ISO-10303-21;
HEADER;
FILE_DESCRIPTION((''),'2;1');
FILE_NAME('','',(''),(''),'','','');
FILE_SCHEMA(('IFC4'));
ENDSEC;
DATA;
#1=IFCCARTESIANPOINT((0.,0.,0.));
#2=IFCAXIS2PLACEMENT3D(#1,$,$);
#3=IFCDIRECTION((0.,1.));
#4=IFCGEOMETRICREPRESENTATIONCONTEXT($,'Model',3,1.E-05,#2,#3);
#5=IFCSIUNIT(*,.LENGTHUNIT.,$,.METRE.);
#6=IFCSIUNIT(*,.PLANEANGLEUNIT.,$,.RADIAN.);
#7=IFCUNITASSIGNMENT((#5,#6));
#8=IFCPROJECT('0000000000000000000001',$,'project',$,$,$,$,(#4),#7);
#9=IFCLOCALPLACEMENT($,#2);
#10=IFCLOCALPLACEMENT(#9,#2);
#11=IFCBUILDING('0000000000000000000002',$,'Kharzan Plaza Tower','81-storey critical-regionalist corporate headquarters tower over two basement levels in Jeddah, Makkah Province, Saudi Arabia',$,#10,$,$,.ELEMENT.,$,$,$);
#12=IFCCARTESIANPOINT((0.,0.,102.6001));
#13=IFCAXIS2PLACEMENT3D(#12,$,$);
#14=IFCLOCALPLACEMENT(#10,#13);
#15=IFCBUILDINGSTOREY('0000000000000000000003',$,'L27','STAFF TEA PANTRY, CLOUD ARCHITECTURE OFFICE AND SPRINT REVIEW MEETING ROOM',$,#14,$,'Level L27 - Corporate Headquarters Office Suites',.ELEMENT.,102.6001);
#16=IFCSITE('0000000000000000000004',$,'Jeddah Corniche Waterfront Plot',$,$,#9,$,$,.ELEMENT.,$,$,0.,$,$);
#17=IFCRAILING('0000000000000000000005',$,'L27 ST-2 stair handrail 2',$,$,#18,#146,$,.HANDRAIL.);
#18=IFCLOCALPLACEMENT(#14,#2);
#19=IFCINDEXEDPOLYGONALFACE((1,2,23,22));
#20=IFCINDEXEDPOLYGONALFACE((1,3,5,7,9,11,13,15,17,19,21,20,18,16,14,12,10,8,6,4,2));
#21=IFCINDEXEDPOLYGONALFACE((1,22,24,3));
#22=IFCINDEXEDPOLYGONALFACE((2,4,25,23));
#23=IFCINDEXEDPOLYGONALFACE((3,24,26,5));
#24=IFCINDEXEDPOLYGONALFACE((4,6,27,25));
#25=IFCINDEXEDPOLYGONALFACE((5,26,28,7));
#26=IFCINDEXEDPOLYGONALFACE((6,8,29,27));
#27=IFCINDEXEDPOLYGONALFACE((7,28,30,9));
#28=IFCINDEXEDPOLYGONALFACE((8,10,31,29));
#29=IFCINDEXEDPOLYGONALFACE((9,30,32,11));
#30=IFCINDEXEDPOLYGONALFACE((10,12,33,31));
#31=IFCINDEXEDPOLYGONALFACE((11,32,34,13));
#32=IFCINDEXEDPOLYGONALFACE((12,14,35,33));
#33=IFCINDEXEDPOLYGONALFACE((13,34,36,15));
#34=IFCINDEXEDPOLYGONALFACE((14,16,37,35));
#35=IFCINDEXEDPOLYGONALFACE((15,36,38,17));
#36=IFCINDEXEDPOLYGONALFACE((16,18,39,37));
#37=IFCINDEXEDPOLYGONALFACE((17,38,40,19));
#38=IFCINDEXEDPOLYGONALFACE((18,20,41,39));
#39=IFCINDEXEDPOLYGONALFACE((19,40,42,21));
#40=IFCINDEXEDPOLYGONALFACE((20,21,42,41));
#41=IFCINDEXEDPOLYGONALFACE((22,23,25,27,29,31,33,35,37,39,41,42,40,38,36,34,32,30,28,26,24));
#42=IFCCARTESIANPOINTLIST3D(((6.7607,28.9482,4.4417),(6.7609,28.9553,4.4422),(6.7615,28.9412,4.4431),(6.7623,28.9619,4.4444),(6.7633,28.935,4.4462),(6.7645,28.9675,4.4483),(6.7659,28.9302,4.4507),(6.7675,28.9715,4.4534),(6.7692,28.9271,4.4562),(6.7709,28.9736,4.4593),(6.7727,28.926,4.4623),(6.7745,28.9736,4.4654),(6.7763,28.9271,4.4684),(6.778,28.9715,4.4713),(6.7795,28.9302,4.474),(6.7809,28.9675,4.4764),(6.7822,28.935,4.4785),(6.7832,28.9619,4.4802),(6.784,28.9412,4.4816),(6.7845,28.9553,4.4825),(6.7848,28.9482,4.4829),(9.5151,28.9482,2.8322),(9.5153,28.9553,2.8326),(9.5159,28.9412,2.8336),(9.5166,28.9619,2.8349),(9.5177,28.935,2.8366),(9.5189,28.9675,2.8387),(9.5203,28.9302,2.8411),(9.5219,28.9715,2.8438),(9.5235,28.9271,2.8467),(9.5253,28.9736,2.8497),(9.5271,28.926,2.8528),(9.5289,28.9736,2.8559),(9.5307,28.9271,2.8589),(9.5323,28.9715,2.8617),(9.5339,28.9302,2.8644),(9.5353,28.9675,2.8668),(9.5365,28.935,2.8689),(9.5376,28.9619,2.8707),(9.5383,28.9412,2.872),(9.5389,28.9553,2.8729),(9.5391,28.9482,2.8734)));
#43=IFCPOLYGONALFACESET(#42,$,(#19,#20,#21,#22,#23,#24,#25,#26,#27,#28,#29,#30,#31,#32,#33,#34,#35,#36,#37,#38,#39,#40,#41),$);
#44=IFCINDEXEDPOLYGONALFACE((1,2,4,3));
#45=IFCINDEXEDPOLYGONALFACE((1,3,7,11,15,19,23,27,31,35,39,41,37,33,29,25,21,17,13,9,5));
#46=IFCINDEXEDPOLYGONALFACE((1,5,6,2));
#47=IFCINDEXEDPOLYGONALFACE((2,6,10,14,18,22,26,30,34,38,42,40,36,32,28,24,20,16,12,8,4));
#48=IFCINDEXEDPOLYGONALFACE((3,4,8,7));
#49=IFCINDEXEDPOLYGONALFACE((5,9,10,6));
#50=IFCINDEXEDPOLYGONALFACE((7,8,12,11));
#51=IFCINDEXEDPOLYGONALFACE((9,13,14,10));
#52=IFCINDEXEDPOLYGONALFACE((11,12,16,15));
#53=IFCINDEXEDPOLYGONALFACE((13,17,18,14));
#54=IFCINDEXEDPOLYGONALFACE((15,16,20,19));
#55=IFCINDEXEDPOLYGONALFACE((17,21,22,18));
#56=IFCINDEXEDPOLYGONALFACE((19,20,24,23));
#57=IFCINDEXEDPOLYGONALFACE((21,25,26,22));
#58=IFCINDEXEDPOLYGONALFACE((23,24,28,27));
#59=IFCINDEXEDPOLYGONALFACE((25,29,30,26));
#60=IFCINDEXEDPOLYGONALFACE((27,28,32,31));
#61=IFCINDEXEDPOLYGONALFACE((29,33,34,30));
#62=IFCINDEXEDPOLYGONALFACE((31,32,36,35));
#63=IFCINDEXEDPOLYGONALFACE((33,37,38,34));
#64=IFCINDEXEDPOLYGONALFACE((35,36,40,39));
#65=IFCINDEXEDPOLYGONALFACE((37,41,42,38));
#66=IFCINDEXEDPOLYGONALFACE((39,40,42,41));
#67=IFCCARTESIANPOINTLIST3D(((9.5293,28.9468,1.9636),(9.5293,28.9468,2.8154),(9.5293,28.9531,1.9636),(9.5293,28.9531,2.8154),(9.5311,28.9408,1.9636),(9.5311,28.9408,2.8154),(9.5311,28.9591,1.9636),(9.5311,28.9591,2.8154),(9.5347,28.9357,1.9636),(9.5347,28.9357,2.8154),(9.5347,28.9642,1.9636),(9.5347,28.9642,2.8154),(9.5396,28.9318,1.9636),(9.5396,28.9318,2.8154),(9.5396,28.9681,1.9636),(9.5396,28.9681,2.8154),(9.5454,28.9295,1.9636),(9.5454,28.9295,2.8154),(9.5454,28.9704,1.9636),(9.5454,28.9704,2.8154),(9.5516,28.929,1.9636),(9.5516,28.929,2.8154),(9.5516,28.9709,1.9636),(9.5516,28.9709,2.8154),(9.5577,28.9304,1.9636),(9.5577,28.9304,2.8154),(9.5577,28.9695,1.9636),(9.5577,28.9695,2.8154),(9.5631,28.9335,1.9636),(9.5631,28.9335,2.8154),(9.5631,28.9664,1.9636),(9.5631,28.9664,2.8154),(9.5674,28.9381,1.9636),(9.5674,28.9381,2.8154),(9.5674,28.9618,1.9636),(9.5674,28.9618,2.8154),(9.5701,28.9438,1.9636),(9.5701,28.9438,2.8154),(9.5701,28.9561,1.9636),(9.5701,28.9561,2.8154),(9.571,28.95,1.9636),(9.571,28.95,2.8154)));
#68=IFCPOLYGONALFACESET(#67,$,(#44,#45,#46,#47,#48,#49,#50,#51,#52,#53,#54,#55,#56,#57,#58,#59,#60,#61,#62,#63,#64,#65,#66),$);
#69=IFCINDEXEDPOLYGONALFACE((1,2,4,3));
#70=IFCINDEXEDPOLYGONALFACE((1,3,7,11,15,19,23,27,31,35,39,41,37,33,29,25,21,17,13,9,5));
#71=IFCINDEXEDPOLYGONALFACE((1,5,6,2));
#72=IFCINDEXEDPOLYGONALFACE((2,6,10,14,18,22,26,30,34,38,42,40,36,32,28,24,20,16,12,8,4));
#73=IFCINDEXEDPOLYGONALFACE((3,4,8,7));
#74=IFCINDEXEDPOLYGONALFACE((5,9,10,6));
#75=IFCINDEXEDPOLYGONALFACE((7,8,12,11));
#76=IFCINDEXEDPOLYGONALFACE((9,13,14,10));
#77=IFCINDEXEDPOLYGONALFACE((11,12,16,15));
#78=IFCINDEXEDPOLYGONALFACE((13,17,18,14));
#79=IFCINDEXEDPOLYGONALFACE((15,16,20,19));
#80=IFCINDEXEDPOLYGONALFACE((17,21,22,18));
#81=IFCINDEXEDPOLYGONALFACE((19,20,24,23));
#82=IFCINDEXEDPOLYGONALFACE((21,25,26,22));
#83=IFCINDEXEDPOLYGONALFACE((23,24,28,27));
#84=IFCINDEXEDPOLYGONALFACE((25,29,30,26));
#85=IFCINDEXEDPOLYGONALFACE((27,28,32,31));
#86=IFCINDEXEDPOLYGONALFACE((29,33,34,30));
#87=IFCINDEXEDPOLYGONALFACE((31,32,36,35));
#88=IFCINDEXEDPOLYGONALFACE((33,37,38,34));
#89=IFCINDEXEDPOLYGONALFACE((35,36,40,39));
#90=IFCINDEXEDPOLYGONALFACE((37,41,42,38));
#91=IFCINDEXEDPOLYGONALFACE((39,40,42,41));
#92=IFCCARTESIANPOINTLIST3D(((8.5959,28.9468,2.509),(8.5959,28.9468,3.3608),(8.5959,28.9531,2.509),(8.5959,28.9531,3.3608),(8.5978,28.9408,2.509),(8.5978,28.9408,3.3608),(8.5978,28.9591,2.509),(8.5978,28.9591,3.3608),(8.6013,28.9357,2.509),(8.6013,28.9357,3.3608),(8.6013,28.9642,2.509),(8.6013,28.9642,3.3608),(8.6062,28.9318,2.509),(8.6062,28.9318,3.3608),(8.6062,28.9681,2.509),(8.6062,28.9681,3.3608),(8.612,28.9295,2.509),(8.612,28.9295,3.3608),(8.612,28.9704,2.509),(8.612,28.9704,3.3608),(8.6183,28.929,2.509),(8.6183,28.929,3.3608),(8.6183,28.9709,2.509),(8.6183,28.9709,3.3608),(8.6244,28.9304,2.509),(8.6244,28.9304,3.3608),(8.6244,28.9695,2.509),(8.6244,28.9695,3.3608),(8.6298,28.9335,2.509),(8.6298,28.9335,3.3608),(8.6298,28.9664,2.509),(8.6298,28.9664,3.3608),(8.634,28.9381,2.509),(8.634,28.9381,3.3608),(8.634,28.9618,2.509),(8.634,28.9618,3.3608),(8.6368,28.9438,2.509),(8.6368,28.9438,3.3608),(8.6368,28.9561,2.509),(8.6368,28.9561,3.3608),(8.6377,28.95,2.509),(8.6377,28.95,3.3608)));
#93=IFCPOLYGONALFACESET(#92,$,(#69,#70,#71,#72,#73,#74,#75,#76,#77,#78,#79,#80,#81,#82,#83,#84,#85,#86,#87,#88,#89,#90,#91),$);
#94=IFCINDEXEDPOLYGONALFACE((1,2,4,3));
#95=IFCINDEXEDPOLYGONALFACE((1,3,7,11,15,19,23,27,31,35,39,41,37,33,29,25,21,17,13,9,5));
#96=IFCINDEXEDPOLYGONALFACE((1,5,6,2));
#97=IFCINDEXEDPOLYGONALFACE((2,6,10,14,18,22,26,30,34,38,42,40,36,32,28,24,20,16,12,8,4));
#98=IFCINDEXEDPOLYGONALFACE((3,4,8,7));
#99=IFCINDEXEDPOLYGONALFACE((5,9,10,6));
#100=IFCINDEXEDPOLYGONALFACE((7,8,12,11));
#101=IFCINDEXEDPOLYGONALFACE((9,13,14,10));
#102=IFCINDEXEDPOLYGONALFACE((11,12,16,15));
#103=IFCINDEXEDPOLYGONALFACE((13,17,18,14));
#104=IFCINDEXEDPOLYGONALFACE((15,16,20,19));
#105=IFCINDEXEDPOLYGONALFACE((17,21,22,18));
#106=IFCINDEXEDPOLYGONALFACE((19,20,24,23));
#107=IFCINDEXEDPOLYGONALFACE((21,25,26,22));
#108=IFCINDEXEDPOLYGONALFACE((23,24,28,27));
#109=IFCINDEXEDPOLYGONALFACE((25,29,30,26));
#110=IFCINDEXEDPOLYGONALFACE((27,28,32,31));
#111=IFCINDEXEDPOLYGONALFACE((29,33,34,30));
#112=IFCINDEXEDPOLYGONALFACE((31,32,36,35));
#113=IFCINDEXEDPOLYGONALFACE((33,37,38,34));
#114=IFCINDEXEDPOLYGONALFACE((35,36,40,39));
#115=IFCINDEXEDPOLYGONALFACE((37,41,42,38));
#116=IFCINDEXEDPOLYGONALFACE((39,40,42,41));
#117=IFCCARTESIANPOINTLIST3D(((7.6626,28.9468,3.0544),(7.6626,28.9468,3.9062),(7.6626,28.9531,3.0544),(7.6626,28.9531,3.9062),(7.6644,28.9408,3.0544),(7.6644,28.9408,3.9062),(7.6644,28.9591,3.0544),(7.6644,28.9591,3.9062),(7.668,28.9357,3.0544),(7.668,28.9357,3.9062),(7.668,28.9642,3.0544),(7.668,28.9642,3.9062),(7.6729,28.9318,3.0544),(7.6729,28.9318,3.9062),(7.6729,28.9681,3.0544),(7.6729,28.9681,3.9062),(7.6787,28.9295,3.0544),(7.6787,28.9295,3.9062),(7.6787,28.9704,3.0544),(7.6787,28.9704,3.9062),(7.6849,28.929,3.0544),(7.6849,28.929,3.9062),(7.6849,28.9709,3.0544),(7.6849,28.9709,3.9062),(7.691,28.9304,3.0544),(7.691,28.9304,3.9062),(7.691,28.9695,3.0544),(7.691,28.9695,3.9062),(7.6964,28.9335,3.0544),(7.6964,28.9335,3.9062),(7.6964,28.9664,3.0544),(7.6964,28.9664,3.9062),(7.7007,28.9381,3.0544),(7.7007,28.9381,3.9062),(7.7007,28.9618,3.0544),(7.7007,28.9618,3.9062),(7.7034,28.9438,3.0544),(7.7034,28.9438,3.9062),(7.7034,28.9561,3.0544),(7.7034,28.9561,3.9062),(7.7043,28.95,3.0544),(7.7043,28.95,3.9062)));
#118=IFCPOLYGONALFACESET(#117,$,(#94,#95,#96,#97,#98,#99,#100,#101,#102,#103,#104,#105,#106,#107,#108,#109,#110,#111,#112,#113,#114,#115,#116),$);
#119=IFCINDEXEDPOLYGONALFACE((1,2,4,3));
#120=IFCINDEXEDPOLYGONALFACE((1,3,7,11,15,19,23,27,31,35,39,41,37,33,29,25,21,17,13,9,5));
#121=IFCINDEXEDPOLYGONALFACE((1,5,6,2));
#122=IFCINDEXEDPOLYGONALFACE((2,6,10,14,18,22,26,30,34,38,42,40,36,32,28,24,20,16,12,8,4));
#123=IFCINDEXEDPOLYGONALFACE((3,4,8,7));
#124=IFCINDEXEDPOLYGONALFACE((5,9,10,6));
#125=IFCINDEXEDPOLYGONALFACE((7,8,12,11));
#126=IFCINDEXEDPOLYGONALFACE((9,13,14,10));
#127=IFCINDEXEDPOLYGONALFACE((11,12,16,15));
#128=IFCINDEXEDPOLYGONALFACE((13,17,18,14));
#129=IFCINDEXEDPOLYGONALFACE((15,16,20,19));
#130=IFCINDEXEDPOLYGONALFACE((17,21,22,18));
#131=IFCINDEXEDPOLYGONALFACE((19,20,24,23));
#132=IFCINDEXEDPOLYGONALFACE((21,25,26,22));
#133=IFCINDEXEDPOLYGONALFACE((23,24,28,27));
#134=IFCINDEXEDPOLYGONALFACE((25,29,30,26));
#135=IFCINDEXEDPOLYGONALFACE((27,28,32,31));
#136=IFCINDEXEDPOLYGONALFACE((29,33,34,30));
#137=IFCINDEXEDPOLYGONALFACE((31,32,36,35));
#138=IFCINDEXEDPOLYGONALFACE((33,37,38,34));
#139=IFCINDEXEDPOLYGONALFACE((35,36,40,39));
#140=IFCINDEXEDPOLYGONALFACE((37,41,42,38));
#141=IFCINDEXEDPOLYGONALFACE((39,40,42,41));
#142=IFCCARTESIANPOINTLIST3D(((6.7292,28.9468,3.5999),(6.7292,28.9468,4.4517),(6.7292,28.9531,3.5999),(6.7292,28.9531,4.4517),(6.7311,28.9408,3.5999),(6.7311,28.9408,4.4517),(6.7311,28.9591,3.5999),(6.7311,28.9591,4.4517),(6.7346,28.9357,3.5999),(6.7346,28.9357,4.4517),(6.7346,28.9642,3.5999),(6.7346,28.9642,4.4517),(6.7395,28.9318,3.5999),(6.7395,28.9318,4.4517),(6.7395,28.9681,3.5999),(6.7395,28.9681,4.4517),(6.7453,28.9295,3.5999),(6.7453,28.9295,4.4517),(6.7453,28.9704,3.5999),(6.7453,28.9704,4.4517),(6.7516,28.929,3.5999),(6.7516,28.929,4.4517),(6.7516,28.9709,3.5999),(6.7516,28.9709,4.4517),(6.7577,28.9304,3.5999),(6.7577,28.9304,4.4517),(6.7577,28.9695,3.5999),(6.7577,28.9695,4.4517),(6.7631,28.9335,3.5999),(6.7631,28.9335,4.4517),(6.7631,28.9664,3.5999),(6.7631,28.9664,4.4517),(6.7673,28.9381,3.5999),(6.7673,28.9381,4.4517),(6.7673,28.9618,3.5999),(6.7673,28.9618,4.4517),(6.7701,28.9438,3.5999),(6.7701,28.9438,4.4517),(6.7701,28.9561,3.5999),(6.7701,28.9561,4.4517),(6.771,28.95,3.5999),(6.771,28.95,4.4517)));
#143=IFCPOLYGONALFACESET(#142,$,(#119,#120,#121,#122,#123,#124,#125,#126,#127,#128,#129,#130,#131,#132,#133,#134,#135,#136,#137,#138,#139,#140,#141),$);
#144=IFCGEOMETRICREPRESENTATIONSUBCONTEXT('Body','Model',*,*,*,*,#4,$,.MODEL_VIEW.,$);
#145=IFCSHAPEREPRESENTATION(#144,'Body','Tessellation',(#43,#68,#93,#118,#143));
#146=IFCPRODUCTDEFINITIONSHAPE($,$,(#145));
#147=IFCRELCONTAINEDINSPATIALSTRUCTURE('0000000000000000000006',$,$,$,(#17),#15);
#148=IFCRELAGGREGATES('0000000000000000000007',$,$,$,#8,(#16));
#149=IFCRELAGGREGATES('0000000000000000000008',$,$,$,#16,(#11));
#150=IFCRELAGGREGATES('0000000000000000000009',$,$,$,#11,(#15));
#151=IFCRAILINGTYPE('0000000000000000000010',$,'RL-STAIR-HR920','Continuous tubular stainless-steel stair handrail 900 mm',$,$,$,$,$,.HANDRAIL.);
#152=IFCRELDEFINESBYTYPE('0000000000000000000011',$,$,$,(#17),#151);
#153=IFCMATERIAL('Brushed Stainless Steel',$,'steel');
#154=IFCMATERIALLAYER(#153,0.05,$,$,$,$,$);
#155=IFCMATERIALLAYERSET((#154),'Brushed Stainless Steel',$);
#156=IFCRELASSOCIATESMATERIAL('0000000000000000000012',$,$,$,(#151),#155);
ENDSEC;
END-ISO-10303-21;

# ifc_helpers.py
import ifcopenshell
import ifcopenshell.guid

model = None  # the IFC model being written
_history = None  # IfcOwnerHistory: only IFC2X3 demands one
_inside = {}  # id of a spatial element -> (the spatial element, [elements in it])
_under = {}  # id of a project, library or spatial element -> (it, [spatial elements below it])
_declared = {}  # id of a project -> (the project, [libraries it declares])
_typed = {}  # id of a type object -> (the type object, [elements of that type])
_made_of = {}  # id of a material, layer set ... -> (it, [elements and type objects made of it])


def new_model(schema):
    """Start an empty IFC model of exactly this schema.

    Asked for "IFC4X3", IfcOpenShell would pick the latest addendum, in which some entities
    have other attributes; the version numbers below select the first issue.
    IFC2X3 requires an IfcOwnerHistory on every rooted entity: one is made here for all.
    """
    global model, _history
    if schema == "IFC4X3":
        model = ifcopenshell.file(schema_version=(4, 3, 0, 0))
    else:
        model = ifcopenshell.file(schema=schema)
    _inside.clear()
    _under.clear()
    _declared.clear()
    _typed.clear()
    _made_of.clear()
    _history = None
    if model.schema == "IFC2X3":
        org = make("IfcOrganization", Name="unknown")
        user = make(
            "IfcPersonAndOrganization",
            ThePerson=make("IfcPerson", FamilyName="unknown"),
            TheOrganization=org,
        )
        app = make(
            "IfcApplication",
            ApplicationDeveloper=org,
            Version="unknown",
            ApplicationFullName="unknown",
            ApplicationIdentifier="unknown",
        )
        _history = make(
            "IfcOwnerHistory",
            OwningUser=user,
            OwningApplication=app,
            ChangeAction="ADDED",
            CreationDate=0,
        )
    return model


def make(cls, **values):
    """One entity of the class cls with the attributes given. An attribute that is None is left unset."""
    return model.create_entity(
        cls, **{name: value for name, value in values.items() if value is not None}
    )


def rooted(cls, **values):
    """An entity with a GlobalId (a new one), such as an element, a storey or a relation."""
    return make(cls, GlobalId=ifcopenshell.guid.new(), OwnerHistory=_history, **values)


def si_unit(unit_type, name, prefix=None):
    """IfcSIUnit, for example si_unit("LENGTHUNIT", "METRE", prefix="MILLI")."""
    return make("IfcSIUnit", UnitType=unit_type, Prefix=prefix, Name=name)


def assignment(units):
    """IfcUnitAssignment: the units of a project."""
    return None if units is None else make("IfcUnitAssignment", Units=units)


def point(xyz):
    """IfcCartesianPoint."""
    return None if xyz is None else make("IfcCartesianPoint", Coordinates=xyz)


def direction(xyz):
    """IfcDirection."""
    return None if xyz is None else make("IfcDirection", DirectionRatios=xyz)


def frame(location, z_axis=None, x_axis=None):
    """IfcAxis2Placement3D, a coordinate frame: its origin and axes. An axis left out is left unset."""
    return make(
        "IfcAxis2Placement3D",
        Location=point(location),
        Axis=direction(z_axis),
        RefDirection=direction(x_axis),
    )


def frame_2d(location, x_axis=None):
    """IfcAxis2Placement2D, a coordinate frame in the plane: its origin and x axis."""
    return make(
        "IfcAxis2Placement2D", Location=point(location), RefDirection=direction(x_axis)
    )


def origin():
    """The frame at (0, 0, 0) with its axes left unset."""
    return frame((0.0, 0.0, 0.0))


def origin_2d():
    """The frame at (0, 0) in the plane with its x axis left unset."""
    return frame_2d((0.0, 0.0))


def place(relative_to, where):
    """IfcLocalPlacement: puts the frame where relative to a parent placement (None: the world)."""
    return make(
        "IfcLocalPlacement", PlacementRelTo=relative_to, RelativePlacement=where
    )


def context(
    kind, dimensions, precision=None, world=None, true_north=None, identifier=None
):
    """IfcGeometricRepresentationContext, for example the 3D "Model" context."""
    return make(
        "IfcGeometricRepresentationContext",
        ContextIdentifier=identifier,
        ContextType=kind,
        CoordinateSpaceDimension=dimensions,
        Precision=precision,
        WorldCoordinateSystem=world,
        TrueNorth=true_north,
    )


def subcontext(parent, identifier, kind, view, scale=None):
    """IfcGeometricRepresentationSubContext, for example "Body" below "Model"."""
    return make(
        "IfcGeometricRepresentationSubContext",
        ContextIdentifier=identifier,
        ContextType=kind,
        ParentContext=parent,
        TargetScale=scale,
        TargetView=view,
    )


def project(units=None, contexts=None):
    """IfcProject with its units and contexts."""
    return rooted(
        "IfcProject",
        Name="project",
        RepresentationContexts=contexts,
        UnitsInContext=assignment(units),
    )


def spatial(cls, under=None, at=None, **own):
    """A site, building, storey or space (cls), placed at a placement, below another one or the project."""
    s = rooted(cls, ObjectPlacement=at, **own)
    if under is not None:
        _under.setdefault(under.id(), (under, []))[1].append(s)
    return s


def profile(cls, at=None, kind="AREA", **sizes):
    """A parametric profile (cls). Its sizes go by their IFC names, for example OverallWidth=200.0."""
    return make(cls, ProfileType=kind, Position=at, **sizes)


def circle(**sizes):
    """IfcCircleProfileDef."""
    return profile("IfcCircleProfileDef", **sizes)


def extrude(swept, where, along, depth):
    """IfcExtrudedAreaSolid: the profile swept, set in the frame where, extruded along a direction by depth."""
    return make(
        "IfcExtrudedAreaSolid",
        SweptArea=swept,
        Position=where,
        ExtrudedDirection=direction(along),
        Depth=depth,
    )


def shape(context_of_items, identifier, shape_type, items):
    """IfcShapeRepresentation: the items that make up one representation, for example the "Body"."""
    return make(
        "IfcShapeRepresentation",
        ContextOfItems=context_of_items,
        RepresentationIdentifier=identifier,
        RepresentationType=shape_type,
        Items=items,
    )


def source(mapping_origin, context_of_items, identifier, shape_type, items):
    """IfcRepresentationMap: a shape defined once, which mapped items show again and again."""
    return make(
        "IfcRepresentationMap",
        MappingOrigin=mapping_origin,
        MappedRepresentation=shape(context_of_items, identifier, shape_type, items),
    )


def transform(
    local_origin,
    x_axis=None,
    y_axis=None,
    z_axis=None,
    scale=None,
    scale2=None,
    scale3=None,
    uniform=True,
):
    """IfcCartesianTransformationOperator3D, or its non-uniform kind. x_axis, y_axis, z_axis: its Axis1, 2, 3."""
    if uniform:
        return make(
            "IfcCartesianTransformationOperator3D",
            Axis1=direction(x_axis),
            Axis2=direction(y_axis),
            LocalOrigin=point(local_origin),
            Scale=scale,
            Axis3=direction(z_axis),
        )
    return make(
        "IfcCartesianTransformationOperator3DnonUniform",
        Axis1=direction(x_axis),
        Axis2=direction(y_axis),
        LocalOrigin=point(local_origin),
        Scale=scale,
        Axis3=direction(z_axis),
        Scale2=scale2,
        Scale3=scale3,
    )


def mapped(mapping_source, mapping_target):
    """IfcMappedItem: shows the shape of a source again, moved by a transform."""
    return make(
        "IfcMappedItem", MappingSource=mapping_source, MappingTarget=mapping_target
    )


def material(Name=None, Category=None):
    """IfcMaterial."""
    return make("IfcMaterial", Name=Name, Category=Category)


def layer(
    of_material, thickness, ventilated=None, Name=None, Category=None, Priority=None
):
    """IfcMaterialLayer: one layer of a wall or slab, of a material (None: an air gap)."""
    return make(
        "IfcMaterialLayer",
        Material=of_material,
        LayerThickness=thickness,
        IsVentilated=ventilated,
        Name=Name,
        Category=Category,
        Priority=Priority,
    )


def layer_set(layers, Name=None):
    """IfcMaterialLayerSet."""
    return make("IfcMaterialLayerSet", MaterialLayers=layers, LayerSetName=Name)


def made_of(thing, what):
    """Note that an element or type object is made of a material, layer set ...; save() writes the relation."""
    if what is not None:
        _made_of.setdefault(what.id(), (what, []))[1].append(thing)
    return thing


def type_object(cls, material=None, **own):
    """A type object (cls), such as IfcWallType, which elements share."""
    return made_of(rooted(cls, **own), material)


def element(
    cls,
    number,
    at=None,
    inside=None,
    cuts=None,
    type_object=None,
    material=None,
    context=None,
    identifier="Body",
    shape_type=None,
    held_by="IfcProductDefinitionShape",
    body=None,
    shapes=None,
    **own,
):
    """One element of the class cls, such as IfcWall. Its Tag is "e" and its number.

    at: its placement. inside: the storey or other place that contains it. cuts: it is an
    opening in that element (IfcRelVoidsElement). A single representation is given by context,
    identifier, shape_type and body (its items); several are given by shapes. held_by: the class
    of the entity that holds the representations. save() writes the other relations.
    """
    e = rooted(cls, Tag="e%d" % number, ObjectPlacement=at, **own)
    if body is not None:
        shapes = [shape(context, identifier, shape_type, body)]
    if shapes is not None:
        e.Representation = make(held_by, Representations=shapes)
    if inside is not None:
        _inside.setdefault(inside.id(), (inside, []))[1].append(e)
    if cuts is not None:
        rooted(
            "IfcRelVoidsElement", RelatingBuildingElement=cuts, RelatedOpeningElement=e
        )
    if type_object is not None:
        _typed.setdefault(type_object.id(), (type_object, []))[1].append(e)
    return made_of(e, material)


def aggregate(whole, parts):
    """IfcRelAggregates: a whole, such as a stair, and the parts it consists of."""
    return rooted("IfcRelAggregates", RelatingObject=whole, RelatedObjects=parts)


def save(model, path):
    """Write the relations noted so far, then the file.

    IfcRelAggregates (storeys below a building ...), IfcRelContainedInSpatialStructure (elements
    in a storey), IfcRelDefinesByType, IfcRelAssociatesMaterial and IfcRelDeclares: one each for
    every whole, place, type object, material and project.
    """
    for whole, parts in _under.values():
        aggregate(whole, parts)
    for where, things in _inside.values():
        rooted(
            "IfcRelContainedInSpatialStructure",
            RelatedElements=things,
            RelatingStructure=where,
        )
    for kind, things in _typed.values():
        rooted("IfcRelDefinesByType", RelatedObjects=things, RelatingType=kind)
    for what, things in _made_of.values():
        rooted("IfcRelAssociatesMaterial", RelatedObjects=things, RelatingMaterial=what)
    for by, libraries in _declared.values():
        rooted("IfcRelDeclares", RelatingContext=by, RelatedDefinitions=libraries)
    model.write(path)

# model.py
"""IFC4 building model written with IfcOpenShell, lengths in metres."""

from ifc_helpers import new_model, si_unit, direction, frame, origin, origin_2d, place, context, subcontext, project, spatial, circle, extrude, source, transform, mapped, material, layer, layer_set, type_object, element, save


model = new_model("IFC4")

# Units and contexts
model_context = context("Model", 3, precision=1e-05, world=origin(), true_north=direction((0.0, 1.0)))
body_context = subcontext(model_context, "Body", "Model", "MODEL_VIEW")
ifc_project = project(units=[si_unit("LENGTHUNIT", "METRE"), si_unit("PLANEANGLEUNIT", "RADIAN")], contexts=[model_context])

# Site, building, storey
site_placement = place(None, origin())
site = spatial("IfcSite", under=ifc_project, at=site_placement, Name="Jeddah Corniche Waterfront Plot", CompositionType="ELEMENT", RefElevation=0.0)
building_placement = place(site_placement, origin())
building = spatial("IfcBuilding", under=site, at=building_placement, Name="Kharzan Plaza Tower", Description="81-storey critical-regionalist corporate headquarters tower over two basement levels in Jeddah, Makkah Province, Saudi Arabia", CompositionType="ELEMENT")
storey_placement = place(building_placement, frame((0.0, 0.0, 102.6001)))
storey = spatial("IfcBuildingStorey", under=building, at=storey_placement, Name="L27", Description="STAFF TEA PANTRY, CLOUD ARCHITECTURE OFFICE AND SPRINT REVIEW MEETING ROOM", LongName="Level L27 - Corporate Headquarters Office Suites", CompositionType="ELEMENT", Elevation=102.6001)

# Shared definitions
ifc_material_1 = material(Name="Brushed Stainless Steel", Category="steel")

# Railing
ifc_layer_1 = layer(ifc_material_1, 0.05)
ifc_layer_set_1 = layer_set([ifc_layer_1], Name="Brushed Stainless Steel")
railing_type_1 = type_object("IfcRailingType", Name="RL-STAIR-HR920", Description="Continuous tubular stainless-steel stair handrail 900 mm", PredefinedType="HANDRAIL", material=ifc_layer_set_1)
shared_shape_1 = source(origin(), body_context, "Body", "SweptSolid", [
    extrude(circle(Radius=0.0239, at=origin_2d()), frame((-0.0229, 0.0, 0.8892), z_axis=(-0.863394, 0.0, 0.504531), x_axis=(0.0, -1.0, 0.0)), (0.0, 0.0, 1.0), 3.1902),
    extrude(circle(Radius=0.021, at=origin_2d()), origin(), (0.0, 0.0, 1.0), 0.8518),
    extrude(circle(Radius=0.021, at=origin_2d()), frame((-0.9333, 0.0, 0.5454)), (0.0, 0.0, 1.0), 0.8518),
    extrude(circle(Radius=0.021, at=origin_2d()), frame((-1.8667, 0.0, 1.0908)), (0.0, 0.0, 1.0), 0.8518),
    extrude(circle(Radius=0.021, at=origin_2d()), frame((-2.8, 0.0, 1.6362)), (0.0, 0.0, 1.0), 0.8518),
])
railing_1_placement = place(storey_placement, frame((9.55, 28.95, 1.9636)))
element("IfcRailing", 1, at=railing_1_placement, inside=storey, type_object=railing_type_1, Name="L27 ST-2 stair handrail 2", PredefinedType="HANDRAIL", context=body_context, shape_type="MappedRepresentation", body=[
    mapped(shared_shape_1, transform((0.0, 0.0, 0.0), x_axis=(1.0, 0.0, 0.0), y_axis=(0.0, 1.0, 0.0), z_axis=(0.0, 0.0, 1.0))),
])

save(model, "model.ifc")
